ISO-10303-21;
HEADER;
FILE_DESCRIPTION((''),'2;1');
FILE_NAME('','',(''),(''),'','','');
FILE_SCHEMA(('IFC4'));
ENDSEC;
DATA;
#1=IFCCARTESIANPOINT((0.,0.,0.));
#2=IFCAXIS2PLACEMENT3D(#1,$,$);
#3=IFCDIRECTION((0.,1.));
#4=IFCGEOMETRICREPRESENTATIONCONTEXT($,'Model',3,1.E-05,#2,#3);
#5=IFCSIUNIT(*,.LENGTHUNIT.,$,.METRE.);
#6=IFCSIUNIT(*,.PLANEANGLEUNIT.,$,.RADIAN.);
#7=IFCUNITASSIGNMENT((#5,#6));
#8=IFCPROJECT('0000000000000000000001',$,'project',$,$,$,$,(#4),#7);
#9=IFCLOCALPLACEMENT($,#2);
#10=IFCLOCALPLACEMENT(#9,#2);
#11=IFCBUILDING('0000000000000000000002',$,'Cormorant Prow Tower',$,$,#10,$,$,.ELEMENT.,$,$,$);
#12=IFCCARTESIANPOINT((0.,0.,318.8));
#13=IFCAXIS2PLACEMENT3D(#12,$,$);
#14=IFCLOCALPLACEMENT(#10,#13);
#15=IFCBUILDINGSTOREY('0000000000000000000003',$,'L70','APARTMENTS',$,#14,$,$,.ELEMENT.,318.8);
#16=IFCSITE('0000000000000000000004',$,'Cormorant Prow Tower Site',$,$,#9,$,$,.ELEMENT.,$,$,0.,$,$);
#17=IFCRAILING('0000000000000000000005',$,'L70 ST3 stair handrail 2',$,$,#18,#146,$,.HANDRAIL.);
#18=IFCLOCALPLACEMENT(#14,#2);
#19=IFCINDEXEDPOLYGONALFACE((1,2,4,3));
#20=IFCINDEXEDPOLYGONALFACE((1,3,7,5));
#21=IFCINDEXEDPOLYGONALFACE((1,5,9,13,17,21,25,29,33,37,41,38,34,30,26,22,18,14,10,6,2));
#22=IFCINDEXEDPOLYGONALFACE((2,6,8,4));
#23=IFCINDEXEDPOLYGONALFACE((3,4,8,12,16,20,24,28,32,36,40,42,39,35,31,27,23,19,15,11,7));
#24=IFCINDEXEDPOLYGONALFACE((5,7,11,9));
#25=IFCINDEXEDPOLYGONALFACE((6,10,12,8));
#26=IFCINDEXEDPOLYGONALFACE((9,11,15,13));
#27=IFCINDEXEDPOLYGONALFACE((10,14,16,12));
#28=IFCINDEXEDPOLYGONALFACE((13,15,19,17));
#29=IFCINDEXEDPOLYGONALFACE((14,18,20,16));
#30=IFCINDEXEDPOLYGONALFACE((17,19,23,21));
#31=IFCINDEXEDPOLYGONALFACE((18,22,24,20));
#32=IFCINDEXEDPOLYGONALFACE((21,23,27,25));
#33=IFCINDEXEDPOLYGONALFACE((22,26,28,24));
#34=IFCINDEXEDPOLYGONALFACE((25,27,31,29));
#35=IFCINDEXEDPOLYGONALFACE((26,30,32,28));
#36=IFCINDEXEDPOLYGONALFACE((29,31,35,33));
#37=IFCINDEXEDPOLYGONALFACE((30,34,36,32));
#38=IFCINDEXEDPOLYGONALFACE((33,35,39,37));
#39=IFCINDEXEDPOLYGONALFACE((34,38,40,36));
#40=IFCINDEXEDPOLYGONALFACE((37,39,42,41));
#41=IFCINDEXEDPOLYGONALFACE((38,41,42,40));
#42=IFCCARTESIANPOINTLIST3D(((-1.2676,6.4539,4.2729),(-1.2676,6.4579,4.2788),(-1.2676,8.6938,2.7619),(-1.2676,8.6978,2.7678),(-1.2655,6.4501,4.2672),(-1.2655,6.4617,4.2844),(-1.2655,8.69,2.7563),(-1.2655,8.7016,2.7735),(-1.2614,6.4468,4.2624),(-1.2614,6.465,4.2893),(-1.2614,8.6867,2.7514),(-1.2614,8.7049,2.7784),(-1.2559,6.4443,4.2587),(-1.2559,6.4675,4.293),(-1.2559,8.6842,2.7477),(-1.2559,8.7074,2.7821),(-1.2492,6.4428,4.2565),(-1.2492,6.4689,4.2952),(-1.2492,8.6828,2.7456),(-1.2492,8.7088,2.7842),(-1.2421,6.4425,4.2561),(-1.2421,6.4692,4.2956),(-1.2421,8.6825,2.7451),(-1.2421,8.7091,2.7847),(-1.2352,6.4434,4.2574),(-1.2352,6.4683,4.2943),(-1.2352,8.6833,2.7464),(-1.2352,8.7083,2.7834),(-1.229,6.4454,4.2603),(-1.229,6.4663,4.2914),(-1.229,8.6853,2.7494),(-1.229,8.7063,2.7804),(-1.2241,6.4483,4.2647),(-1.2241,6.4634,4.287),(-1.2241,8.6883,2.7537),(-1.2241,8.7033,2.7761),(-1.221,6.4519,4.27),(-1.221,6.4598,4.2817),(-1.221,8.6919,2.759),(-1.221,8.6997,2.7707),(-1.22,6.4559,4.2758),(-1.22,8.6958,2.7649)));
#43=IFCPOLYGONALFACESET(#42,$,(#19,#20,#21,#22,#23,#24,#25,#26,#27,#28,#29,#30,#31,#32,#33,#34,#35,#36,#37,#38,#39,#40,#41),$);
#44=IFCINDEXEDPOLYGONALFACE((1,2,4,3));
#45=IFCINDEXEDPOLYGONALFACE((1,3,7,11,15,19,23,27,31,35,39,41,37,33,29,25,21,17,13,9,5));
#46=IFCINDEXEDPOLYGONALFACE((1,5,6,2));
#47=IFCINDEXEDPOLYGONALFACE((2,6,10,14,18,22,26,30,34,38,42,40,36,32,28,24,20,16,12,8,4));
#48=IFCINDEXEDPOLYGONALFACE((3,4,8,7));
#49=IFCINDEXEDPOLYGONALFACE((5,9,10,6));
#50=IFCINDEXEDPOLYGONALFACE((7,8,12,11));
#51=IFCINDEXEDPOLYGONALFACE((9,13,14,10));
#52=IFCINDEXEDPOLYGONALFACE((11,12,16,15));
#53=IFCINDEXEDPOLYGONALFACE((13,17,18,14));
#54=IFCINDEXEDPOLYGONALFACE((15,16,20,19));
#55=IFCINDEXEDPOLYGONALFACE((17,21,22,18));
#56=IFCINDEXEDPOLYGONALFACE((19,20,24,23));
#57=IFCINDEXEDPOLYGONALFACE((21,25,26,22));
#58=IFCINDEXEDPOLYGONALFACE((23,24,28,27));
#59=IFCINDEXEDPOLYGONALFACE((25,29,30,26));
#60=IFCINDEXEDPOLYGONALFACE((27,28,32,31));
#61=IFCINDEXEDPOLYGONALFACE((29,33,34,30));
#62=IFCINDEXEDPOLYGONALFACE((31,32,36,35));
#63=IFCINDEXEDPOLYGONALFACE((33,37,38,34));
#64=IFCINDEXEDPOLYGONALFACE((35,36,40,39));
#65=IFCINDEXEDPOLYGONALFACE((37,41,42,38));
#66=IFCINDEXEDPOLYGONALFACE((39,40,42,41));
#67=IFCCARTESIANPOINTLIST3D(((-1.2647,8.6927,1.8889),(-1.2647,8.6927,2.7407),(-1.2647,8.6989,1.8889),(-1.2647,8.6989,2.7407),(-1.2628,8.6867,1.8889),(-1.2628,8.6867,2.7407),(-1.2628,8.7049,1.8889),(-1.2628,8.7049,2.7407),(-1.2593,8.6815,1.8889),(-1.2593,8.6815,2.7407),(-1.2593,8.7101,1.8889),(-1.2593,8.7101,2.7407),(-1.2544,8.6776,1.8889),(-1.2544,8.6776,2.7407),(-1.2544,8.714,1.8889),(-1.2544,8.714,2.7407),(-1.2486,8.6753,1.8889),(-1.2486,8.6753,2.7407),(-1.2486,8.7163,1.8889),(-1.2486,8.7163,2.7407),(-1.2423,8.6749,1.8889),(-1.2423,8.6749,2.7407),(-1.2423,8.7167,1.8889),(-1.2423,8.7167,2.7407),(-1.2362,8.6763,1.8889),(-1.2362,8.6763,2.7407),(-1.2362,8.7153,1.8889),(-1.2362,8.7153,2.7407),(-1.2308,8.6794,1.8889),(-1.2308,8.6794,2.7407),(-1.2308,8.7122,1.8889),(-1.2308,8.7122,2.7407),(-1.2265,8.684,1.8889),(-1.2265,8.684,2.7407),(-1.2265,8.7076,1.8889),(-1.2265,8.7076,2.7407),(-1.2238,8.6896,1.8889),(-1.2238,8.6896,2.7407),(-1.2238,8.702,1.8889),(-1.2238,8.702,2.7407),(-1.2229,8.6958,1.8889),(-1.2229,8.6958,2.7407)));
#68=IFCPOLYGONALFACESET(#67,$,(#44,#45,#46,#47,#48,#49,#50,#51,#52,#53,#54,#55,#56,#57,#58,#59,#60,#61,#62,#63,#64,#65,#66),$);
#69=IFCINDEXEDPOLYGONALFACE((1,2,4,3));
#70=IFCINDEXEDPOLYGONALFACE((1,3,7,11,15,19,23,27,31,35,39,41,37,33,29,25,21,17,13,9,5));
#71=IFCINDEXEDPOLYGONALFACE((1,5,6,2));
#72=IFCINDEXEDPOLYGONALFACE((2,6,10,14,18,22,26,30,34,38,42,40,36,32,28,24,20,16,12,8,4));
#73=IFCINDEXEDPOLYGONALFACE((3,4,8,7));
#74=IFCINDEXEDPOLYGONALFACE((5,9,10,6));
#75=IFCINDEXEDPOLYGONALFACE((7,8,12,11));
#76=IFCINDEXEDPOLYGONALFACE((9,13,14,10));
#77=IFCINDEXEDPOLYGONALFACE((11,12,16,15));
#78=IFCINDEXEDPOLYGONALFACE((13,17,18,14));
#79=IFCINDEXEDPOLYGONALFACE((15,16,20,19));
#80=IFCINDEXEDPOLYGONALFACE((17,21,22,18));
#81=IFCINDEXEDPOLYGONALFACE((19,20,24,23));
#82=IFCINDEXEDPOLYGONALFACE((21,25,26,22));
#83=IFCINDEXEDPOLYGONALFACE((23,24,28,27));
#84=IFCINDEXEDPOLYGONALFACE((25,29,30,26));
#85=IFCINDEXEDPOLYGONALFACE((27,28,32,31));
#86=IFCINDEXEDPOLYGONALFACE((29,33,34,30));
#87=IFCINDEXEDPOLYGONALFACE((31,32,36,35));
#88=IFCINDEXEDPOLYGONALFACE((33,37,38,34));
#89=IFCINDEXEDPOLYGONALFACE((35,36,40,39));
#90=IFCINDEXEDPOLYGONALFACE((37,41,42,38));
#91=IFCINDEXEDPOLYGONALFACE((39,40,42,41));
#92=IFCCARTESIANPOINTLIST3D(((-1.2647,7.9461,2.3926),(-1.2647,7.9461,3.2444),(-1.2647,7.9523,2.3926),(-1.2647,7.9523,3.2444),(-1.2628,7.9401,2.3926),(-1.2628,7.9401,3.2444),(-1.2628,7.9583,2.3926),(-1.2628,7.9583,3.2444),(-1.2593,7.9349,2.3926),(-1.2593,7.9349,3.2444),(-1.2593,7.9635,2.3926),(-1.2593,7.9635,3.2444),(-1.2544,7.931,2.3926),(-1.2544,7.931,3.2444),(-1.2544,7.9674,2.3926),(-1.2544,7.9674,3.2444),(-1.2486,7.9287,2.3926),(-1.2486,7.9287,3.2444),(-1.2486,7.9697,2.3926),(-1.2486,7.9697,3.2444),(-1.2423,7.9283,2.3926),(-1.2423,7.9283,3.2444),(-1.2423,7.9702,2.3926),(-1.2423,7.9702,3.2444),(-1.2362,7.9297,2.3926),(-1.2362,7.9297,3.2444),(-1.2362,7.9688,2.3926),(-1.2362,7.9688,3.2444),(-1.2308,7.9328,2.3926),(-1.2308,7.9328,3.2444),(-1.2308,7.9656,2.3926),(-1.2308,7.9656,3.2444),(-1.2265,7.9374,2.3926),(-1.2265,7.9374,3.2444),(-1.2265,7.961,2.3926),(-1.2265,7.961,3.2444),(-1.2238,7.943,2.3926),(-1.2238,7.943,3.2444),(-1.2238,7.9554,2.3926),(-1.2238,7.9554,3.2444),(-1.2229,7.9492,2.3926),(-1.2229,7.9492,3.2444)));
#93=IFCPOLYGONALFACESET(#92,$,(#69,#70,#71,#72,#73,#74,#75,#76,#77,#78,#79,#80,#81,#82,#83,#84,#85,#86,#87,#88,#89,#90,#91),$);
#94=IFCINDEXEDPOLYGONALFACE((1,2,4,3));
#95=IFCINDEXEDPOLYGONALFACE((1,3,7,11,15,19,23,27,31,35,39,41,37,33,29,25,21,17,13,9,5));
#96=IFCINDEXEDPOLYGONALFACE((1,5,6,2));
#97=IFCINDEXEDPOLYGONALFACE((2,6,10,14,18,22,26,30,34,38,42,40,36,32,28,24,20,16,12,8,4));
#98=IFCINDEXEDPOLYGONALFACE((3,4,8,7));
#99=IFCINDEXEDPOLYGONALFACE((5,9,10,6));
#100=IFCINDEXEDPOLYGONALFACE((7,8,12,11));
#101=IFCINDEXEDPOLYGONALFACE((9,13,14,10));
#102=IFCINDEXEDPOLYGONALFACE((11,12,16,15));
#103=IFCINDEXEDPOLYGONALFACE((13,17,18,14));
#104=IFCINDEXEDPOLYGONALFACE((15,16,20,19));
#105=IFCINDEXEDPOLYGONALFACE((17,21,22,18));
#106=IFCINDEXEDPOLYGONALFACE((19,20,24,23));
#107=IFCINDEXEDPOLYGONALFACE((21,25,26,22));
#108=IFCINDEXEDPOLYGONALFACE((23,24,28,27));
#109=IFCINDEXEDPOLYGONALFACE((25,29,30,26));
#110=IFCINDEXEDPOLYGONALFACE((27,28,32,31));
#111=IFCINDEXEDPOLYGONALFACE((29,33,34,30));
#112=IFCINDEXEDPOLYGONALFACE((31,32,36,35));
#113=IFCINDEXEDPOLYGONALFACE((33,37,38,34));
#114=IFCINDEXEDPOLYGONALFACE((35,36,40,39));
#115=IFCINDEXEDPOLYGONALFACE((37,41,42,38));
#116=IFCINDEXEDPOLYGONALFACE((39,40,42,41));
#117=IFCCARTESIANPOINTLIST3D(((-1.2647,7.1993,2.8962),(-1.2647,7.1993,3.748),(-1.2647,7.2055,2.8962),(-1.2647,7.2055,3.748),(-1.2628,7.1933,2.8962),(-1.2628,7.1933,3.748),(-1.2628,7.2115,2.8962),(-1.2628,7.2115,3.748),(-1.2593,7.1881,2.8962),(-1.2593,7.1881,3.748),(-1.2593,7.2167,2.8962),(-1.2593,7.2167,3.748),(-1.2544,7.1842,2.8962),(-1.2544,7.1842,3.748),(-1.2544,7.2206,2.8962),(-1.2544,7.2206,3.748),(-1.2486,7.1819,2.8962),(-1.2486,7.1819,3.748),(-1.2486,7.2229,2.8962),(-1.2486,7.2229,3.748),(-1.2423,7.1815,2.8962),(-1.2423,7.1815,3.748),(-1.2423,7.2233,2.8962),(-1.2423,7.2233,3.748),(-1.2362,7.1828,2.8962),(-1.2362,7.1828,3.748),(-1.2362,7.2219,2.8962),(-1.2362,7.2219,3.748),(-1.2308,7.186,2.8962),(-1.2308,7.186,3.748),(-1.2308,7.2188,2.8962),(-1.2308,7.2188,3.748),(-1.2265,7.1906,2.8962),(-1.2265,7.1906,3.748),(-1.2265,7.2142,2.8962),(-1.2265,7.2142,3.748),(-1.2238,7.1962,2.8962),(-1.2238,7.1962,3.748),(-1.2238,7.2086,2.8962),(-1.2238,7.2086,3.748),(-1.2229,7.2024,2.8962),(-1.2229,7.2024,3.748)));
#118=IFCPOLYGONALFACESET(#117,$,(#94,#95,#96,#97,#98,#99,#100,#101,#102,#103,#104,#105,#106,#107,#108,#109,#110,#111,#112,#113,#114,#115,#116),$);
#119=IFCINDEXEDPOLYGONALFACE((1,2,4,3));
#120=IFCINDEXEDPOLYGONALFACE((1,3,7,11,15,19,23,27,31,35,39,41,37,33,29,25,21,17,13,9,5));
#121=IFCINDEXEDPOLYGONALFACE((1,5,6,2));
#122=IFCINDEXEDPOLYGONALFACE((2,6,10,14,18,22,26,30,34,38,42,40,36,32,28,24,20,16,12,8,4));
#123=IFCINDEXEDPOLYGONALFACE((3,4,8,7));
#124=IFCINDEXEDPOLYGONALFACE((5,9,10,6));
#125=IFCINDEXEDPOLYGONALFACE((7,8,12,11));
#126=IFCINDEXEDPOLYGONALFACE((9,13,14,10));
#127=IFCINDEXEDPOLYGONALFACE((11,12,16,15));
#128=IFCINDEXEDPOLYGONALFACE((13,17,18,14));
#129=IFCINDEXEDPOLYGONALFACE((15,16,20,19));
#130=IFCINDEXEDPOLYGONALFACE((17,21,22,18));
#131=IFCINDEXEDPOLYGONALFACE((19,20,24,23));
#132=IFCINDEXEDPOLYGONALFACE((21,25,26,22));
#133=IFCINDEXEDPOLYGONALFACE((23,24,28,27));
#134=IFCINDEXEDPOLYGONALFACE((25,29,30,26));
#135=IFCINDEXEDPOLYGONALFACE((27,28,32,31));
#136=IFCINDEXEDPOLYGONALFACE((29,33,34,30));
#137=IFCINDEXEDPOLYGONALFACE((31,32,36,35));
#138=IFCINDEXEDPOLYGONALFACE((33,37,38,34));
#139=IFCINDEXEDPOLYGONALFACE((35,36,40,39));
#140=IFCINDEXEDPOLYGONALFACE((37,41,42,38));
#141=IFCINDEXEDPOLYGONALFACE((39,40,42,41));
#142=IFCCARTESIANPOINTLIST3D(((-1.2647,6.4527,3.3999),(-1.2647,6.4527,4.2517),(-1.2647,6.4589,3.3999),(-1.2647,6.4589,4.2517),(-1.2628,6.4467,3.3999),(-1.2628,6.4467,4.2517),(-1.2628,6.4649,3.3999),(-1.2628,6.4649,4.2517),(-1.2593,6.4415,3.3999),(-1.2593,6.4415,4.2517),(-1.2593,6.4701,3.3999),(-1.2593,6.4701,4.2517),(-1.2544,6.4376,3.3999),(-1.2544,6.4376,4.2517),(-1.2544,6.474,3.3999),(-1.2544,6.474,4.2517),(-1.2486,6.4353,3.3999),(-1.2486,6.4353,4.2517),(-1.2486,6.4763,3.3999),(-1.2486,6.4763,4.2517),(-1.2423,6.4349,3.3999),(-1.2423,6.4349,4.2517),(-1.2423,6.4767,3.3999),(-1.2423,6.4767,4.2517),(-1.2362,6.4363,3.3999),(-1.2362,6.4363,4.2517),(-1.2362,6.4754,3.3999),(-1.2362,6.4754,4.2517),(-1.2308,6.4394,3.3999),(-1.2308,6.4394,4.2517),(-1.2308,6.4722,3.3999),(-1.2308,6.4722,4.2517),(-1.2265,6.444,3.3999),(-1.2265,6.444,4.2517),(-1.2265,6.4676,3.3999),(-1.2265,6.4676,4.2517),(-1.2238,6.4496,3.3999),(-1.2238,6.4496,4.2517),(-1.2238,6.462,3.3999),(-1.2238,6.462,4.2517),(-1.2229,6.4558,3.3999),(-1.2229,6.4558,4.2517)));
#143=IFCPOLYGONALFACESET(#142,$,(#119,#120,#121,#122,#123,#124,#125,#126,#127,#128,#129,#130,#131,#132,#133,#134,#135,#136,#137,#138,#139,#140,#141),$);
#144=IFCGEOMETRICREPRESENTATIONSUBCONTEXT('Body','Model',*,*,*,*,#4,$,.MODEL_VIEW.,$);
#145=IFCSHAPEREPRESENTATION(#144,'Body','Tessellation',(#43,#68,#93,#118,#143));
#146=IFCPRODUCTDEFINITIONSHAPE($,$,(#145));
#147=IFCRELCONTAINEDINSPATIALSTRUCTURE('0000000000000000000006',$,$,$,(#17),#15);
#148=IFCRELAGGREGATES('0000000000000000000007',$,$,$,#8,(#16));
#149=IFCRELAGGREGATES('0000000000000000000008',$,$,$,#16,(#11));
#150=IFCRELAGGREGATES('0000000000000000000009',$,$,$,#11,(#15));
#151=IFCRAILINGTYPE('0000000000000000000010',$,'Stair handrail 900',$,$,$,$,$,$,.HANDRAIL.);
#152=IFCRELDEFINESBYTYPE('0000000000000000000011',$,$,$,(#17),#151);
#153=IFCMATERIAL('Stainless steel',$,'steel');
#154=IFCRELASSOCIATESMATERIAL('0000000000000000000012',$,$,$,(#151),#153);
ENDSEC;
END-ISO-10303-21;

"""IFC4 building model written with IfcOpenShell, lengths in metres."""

from ifc_helpers import new_model, si_unit, direction, frame, origin, origin_2d, place, context, subcontext, project, spatial, circle, extrude, material, type_object, element, save


model = new_model("IFC4")

# Units and contexts
model_context = context("Model", 3, precision=1e-05, world=origin(), true_north=direction((0.0, 1.0)))
body_context = subcontext(model_context, "Body", "Model", "MODEL_VIEW")
ifc_project = project(units=[si_unit("LENGTHUNIT", "METRE"), si_unit("PLANEANGLEUNIT", "RADIAN")], contexts=[model_context])

# Site, building, storey
site_placement = place(None, origin())
site = spatial("IfcSite", under=ifc_project, at=site_placement, Name="Cormorant Prow Tower Site", CompositionType="ELEMENT", RefElevation=0.0)
building_placement = place(site_placement, origin())
building = spatial("IfcBuilding", under=site, at=building_placement, Name="Cormorant Prow Tower", CompositionType="ELEMENT")
storey_placement = place(building_placement, frame((0.0, 0.0, 318.8)))
storey = spatial("IfcBuildingStorey", under=building, at=storey_placement, Name="L70", Description="APARTMENTS", CompositionType="ELEMENT", Elevation=318.8)

# Railing
ifc_material_1 = material(Name="Stainless steel", Category="steel")
railing_type = type_object("IfcRailingType", Name="Stair handrail 900", PredefinedType="HANDRAIL", material=ifc_material_1)
railing_placement = place(storey_placement, frame((-1.2439, 8.6958, 1.8889)))
element("IfcRailing", 1, at=railing_placement, inside=storey, type_object=railing_type, Name="L70 ST3 stair handrail 2", PredefinedType="HANDRAIL", context=body_context, shape_type="SweptSolid", body=[
    extrude(circle(Radius=0.0239, at=origin_2d()), frame((0.0, 0.0, 0.876), z_axis=(0.0, -0.829021, 0.559217), x_axis=(1.0, 0.0, 0.0)), (0.0, 0.0, 1.0), 2.7019),
    extrude(circle(Radius=0.021, at=origin_2d()), origin(), (0.0, 0.0, 1.0), 0.8518),
    extrude(circle(Radius=0.021, at=origin_2d()), frame((0.0, -0.7466, 0.5037)), (0.0, 0.0, 1.0), 0.8518),
    extrude(circle(Radius=0.021, at=origin_2d()), frame((0.0, -1.4934, 1.0073)), (0.0, 0.0, 1.0), 0.8518),
    extrude(circle(Radius=0.021, at=origin_2d()), frame((0.0, -2.24, 1.511)), (0.0, 0.0, 1.0), 0.8518),
])

save(model, "model.ifc")
